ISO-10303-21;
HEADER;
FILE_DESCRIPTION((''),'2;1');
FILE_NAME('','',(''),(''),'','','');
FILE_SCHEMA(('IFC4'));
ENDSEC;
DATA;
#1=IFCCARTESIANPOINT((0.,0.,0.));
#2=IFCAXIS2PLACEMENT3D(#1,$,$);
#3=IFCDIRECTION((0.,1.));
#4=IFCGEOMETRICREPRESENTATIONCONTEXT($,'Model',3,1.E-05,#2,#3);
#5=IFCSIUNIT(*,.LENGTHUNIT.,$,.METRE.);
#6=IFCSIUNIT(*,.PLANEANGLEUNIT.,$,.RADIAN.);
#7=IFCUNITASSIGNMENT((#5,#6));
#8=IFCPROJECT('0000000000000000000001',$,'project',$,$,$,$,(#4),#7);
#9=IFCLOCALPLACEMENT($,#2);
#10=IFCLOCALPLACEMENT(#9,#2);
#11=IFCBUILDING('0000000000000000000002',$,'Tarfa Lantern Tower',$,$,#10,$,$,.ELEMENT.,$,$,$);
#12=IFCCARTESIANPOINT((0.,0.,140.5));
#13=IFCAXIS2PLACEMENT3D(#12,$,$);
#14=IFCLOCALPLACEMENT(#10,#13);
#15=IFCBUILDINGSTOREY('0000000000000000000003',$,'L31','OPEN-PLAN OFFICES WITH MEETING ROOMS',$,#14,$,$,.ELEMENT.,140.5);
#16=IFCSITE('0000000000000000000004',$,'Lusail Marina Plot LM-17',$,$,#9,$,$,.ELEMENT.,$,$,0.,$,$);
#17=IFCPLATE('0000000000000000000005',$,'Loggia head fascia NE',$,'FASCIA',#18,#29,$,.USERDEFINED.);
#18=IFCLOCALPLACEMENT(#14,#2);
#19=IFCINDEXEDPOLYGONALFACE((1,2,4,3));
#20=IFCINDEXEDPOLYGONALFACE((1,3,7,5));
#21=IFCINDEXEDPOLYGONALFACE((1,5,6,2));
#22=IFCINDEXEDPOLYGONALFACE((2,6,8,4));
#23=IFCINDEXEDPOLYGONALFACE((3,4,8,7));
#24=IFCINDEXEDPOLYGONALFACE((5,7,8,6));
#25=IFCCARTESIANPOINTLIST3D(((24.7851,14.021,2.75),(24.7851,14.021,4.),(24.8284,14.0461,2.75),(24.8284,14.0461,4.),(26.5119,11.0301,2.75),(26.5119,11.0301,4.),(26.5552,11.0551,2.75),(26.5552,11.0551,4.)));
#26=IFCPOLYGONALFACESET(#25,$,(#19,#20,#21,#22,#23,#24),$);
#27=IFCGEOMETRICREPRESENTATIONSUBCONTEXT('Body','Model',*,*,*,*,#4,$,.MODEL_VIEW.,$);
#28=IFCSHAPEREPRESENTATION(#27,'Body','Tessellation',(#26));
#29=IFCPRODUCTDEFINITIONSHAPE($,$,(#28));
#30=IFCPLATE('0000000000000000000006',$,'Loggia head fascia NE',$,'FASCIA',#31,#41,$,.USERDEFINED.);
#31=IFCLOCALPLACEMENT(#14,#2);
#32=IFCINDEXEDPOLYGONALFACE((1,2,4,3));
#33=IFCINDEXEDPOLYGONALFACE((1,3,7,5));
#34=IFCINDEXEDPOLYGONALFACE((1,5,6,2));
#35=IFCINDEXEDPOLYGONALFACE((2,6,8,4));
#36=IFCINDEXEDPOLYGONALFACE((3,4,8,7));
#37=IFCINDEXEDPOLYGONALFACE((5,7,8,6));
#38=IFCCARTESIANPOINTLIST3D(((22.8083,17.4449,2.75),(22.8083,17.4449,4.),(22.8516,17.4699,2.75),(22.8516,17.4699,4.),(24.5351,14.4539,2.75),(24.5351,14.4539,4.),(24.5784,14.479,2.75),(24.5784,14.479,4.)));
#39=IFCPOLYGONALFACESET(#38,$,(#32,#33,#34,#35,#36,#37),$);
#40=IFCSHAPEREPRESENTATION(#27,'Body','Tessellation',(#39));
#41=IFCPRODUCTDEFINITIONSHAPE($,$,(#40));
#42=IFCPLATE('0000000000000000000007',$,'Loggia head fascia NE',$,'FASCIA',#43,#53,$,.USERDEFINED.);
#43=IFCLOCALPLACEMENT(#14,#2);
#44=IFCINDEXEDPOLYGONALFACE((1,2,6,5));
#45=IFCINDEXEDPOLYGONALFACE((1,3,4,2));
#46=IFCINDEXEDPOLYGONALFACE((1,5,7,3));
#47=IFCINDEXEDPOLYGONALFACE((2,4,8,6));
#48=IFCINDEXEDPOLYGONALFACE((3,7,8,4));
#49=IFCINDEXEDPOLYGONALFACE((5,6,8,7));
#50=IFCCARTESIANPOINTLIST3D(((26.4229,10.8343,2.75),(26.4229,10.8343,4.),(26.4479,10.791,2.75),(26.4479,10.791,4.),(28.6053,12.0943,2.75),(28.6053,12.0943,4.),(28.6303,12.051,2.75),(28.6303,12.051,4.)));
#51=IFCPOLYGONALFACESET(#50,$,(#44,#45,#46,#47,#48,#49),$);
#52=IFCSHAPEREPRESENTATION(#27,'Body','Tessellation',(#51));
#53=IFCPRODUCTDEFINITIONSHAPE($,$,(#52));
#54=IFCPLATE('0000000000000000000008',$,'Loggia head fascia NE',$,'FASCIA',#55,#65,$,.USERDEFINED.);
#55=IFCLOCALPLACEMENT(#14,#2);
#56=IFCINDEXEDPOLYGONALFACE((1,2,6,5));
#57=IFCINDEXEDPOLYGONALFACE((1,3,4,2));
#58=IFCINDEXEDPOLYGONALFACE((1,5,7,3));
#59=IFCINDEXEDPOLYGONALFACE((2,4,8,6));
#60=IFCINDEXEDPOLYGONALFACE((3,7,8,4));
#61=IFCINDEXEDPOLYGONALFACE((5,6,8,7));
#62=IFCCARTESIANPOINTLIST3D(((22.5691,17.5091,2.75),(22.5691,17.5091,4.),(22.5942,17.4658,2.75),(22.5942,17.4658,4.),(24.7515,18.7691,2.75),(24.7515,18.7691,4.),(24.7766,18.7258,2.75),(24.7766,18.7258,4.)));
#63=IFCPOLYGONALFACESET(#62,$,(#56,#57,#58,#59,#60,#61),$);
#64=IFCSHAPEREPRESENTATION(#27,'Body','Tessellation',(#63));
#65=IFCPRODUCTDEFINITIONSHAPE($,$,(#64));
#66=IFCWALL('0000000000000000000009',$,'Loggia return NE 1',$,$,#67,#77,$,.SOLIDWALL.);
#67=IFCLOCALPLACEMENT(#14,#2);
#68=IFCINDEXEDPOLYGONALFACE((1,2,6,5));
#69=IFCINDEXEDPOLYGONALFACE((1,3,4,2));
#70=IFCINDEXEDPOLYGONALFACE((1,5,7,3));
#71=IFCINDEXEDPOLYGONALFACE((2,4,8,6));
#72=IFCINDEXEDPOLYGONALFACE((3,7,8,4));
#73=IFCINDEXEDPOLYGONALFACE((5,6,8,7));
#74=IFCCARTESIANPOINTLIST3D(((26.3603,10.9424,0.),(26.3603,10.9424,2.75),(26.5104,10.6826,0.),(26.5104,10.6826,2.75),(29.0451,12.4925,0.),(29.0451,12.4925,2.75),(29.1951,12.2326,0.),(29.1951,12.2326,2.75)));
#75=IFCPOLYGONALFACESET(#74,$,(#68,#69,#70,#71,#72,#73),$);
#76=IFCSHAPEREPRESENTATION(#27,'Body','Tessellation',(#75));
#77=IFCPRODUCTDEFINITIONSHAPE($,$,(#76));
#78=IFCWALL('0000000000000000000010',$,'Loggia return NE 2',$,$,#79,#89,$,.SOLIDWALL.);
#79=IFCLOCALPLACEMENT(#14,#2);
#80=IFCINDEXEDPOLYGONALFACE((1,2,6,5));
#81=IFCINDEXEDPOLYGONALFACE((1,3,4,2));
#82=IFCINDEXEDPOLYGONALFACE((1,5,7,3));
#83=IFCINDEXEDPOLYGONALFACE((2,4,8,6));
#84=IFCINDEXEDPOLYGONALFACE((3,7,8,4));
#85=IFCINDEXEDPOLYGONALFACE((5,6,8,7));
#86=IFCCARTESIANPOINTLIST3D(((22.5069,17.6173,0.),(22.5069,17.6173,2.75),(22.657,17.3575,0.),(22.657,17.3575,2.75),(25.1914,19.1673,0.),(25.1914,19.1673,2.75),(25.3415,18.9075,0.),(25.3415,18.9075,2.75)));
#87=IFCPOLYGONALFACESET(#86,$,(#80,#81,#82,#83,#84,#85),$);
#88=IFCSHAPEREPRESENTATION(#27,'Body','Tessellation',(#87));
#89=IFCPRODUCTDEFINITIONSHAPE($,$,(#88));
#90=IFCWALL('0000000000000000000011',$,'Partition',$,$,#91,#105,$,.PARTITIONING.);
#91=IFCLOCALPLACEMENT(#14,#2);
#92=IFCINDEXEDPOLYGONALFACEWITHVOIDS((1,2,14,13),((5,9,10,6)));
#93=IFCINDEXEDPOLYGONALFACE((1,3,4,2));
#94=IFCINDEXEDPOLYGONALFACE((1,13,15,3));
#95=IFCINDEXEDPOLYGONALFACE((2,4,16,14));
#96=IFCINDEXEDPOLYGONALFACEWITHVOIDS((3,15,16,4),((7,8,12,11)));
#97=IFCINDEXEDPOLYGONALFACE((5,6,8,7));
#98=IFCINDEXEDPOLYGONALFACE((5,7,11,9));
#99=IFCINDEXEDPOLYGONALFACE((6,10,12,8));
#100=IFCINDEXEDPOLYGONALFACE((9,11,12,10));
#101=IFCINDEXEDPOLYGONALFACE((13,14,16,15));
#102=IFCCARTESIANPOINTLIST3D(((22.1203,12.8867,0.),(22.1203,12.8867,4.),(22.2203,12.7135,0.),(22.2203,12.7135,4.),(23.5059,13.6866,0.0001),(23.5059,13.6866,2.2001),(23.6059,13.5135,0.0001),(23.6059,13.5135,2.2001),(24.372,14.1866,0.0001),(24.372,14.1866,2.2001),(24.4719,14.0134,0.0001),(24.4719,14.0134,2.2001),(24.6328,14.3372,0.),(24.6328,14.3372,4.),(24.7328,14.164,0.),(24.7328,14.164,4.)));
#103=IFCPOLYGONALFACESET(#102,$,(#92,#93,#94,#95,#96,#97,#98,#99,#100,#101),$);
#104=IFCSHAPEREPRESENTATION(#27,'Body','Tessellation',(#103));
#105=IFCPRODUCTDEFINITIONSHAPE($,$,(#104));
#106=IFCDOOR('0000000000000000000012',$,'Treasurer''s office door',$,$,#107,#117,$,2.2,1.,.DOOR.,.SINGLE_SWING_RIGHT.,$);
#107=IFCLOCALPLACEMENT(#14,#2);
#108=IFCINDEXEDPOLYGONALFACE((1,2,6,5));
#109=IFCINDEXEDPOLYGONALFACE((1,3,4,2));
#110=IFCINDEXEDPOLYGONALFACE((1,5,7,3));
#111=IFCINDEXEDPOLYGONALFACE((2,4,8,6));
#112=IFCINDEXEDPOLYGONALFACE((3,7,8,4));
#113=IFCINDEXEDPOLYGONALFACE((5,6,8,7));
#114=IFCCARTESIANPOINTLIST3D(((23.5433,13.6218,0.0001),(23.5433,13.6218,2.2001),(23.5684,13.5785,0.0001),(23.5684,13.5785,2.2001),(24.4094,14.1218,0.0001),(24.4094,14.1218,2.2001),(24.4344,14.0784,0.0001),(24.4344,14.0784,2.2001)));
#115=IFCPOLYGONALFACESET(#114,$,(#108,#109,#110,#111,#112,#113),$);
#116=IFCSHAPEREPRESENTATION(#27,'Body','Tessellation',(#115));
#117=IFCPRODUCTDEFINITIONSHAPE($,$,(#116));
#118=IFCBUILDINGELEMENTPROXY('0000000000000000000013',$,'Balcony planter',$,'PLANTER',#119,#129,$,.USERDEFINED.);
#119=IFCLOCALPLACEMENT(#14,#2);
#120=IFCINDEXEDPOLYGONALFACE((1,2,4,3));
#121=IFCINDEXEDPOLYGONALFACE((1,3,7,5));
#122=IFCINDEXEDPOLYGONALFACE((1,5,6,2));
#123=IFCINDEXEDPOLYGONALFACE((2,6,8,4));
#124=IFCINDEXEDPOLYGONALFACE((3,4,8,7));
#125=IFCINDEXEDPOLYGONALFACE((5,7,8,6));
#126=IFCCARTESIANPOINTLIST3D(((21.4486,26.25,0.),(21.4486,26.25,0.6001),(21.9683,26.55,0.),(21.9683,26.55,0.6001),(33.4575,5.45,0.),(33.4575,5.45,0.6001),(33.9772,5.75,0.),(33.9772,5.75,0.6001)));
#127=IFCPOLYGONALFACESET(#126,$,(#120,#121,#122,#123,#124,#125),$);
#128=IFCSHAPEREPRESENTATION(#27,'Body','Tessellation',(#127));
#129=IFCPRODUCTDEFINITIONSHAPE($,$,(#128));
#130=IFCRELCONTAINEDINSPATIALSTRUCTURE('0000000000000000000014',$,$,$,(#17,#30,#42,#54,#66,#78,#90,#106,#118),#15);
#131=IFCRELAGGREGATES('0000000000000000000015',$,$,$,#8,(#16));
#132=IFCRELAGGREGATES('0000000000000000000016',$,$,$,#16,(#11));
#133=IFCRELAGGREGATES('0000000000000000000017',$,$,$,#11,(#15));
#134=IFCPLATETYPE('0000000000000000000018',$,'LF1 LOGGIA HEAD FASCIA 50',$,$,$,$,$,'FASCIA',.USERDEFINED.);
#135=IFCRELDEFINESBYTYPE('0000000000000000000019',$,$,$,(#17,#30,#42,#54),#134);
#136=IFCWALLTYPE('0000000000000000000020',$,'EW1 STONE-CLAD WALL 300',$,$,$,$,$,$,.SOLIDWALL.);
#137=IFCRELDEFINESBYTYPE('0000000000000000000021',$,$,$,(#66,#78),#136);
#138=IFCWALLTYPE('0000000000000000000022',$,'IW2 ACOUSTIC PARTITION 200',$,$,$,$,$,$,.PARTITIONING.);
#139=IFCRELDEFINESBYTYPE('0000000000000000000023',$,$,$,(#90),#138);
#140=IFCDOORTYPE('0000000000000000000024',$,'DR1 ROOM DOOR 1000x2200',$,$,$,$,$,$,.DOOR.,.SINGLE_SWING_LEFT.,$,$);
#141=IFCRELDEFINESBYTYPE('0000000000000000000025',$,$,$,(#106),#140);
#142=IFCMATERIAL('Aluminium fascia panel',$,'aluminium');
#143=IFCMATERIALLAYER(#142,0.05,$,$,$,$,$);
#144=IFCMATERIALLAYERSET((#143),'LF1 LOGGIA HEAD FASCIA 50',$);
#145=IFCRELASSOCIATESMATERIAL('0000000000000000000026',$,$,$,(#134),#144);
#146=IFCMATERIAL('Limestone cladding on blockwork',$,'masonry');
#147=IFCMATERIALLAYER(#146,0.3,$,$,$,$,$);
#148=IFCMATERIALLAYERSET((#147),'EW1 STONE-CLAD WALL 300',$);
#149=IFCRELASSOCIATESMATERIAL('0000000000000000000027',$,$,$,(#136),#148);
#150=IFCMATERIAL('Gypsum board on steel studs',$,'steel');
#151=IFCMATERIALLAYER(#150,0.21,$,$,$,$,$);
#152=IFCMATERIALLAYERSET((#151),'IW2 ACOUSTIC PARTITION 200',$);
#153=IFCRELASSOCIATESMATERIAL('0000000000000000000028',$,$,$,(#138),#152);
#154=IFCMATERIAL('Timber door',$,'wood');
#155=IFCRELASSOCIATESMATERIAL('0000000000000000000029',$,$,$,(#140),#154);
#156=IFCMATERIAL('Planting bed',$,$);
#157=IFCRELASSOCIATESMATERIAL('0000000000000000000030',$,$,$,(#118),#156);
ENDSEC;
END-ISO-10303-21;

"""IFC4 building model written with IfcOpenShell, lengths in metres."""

from ifc_helpers import new_model, si_unit, direction, frame, frame_2d, origin, origin_2d, place, context, subcontext, project, spatial, rectangle, extrude, material, layer, layer_set, type_object, element, fill, save


model = new_model("IFC4")

# Units and contexts
model_context = context("Model", 3, precision=1e-05, world=origin(), true_north=direction((0.0, 1.0)))
body_context = subcontext(model_context, "Body", "Model", "MODEL_VIEW")
ifc_project = project(units=[si_unit("LENGTHUNIT", "METRE"), si_unit("PLANEANGLEUNIT", "RADIAN")], contexts=[model_context])

# Site, building, storey
site_placement = place(None, origin())
site = spatial("IfcSite", under=ifc_project, at=site_placement, Name="Lusail Marina Plot LM-17", CompositionType="ELEMENT", RefElevation=0.0)
building_placement = place(site_placement, origin())
building = spatial("IfcBuilding", under=site, at=building_placement, Name="Tarfa Lantern Tower", CompositionType="ELEMENT")
storey_placement = place(building_placement, frame((0.0, 0.0, 140.5)))
storey = spatial("IfcBuildingStorey", under=building, at=storey_placement, Name="L31", Description="OPEN-PLAN OFFICES WITH MEETING ROOMS", CompositionType="ELEMENT", Elevation=140.5)

# Plates
ifc_material_1 = material(Name="Aluminium fascia panel", Category="aluminium")
ifc_layer_1 = layer(ifc_material_1, 0.05)
ifc_layer_set_1 = layer_set([ifc_layer_1], Name="LF1 LOGGIA HEAD FASCIA 50")
plate_type_1 = type_object("IfcPlateType", Name="LF1 LOGGIA HEAD FASCIA 50", ElementType="FASCIA", PredefinedType="USERDEFINED", material=ifc_layer_set_1)
for number, where, z_axis, x_axis, name in (
    (1, (25.6702, 12.5381, 2.75), (0.0, 0.0, 1.0), (-0.5, 0.866025, 0.0), "Loggia head fascia NE"),
    (2, (23.6934, 15.9619, 2.75), (0.0, 0.0, 1.0), (-0.5, 0.866025, 0.0), "Loggia head fascia NE"),
):
    element("IfcPlate", number, at=place(storey_placement, frame(where, z_axis=z_axis, x_axis=x_axis)), inside=storey, type_object=plate_type_1, Name=name, ObjectType="FASCIA", PredefinedType="USERDEFINED", context=body_context, shape_type="SweptSolid", body=[
        extrude(rectangle(XDim=3.4536, YDim=0.05, at=origin_2d()), origin(), (0.0, 0.0, 1.0), 1.25),
    ])
for number, where, z_axis, x_axis, name in (
    (3, (27.5266, 11.4426, 2.75), (0.0, 0.0, 1.0), (-0.866025, -0.5, 0.0), "Loggia head fascia NE"),
    (4, (23.6729, 18.1174, 2.75), (0.0, 0.0, 1.0), (-0.866025, -0.5, 0.0), "Loggia head fascia NE"),
):
    element("IfcPlate", number, at=place(storey_placement, frame(where, z_axis=z_axis, x_axis=x_axis)), inside=storey, type_object=plate_type_1, Name=name, ObjectType="FASCIA", PredefinedType="USERDEFINED", context=body_context, shape_type="SweptSolid", body=[
        extrude(rectangle(XDim=2.52, YDim=0.05, at=origin_2d()), origin(), (0.0, 0.0, 1.0), 1.25),
    ])

# Walls
ifc_material_2 = material(Name="Limestone cladding on blockwork", Category="masonry")
ifc_layer_2 = layer(ifc_material_2, 0.3)
ifc_layer_set_2 = layer_set([ifc_layer_2], Name="EW1 STONE-CLAD WALL 300")
wall_type_1 = type_object("IfcWallType", Name="EW1 STONE-CLAD WALL 300", PredefinedType="SOLIDWALL", material=ifc_layer_set_2)
wall_1_placement = place(storey_placement, frame((29.1201, 12.3625, 0.0), z_axis=(0.0, 0.0, 1.0), x_axis=(-0.86603, -0.499993, 0.0)))
element("IfcWall", 5, at=wall_1_placement, inside=storey, type_object=wall_type_1, Name="Loggia return NE 1", PredefinedType="SOLIDWALL", context=body_context, shape_type="SweptSolid", body=[
    extrude(rectangle(XDim=3.1001, YDim=0.3, at=frame_2d((1.55, 0.0))), origin(), (0.0, 0.0, 1.0), 2.75),
])
wall_2_placement = place(storey_placement, frame((25.2664, 19.0374, 0.0), z_axis=(0.0, 0.0, 1.0), x_axis=(-0.86601, -0.500027, 0.0)))
element("IfcWall", 6, at=wall_2_placement, inside=storey, type_object=wall_type_1, Name="Loggia return NE 2", PredefinedType="SOLIDWALL", context=body_context, shape_type="SweptSolid", body=[
    extrude(rectangle(XDim=3.0999, YDim=0.3, at=frame_2d((1.5498, 0.0))), origin(), (0.0, 0.0, 1.0), 2.75),
])

# Wall, opening, door
ifc_material_3 = material(Name="Gypsum board on steel studs", Category="steel")
ifc_layer_3 = layer(ifc_material_3, 0.21)
ifc_layer_set_3 = layer_set([ifc_layer_3], Name="IW2 ACOUSTIC PARTITION 200")
wall_type_2 = type_object("IfcWallType", Name="IW2 ACOUSTIC PARTITION 200", PredefinedType="PARTITIONING", material=ifc_layer_set_3)
wall_3_placement = place(storey_placement, frame((22.1702, 12.8, 0.0), z_axis=(0.0, 0.0, 1.0), x_axis=(0.866044, 0.499968, 0.0)))
wall_3 = element("IfcWall", 7, at=wall_3_placement, inside=storey, type_object=wall_type_2, Name="Partition", PredefinedType="PARTITIONING", context=body_context, shape_type="SweptSolid", body=[
    extrude(rectangle(XDim=2.9011, YDim=0.2, at=frame_2d((1.4507, 0.0))), origin(), (0.0, 0.0, 1.0), 4.0),
])
opening_placement = place(wall_3_placement, frame((1.6001, 0.0, 0.0)))
opening = element("IfcOpeningElement", 8, at=opening_placement, cuts=wall_3, PredefinedType="OPENING", context=body_context, shape_type="SweptSolid", body=[
    extrude(rectangle(XDim=1.0, YDim=2.2, at=frame_2d((0.5, 1.1001))), frame((0.0, 0.1099, 0.0), z_axis=(0.0, -1.0, 0.0), x_axis=(1.0, 0.0, 0.0)), (0.0, 0.0, 1.0), 0.22),
])
ifc_material_4 = material(Name="Timber door", Category="wood")
door_type = type_object("IfcDoorType", Name="DR1 ROOM DOOR 1000x2200", OperationType="SINGLE_SWING_LEFT", PredefinedType="DOOR", material=ifc_material_4)
door_placement = place(opening_placement, frame((1.0, 0.0, 0.0), z_axis=(0.0, 0.0, 1.0), x_axis=(-1.0, 0.0, 0.0)))
door = element("IfcDoor", 9, at=door_placement, inside=storey, type_object=door_type, Name="Treasurer's office door", OperationType="SINGLE_SWING_RIGHT", OverallHeight=2.2, OverallWidth=1.0, PredefinedType="DOOR", context=body_context, shape_type="SweptSolid", body=[
    extrude(rectangle(XDim=1.0, YDim=2.2, at=frame_2d((0.5, 1.1001))), frame((0.0, 0.0249, 0.0), z_axis=(0.0, -1.0, 0.0), x_axis=(1.0, 0.0, 0.0)), (0.0, 0.0, 1.0), 0.05),
])
fill(opening, door)

# Building element proxy
ifc_material_5 = material(Name="Planting bed")
proxy_placement = place(storey_placement, frame((27.7129, 16.0, 0.0), z_axis=(0.0, 0.0, 1.0), x_axis=(-0.5, 0.866025, 0.0)))
element("IfcBuildingElementProxy", 10, at=proxy_placement, inside=storey, material=ifc_material_5, Name="Balcony planter", ObjectType="PLANTER", PredefinedType="USERDEFINED", context=body_context, shape_type="SweptSolid", body=[
    extrude(rectangle(XDim=24.0178, YDim=0.6001, at=origin_2d()), origin(), (0.0, 0.0, 1.0), 0.6001),
])

save(model, "model.ifc")
